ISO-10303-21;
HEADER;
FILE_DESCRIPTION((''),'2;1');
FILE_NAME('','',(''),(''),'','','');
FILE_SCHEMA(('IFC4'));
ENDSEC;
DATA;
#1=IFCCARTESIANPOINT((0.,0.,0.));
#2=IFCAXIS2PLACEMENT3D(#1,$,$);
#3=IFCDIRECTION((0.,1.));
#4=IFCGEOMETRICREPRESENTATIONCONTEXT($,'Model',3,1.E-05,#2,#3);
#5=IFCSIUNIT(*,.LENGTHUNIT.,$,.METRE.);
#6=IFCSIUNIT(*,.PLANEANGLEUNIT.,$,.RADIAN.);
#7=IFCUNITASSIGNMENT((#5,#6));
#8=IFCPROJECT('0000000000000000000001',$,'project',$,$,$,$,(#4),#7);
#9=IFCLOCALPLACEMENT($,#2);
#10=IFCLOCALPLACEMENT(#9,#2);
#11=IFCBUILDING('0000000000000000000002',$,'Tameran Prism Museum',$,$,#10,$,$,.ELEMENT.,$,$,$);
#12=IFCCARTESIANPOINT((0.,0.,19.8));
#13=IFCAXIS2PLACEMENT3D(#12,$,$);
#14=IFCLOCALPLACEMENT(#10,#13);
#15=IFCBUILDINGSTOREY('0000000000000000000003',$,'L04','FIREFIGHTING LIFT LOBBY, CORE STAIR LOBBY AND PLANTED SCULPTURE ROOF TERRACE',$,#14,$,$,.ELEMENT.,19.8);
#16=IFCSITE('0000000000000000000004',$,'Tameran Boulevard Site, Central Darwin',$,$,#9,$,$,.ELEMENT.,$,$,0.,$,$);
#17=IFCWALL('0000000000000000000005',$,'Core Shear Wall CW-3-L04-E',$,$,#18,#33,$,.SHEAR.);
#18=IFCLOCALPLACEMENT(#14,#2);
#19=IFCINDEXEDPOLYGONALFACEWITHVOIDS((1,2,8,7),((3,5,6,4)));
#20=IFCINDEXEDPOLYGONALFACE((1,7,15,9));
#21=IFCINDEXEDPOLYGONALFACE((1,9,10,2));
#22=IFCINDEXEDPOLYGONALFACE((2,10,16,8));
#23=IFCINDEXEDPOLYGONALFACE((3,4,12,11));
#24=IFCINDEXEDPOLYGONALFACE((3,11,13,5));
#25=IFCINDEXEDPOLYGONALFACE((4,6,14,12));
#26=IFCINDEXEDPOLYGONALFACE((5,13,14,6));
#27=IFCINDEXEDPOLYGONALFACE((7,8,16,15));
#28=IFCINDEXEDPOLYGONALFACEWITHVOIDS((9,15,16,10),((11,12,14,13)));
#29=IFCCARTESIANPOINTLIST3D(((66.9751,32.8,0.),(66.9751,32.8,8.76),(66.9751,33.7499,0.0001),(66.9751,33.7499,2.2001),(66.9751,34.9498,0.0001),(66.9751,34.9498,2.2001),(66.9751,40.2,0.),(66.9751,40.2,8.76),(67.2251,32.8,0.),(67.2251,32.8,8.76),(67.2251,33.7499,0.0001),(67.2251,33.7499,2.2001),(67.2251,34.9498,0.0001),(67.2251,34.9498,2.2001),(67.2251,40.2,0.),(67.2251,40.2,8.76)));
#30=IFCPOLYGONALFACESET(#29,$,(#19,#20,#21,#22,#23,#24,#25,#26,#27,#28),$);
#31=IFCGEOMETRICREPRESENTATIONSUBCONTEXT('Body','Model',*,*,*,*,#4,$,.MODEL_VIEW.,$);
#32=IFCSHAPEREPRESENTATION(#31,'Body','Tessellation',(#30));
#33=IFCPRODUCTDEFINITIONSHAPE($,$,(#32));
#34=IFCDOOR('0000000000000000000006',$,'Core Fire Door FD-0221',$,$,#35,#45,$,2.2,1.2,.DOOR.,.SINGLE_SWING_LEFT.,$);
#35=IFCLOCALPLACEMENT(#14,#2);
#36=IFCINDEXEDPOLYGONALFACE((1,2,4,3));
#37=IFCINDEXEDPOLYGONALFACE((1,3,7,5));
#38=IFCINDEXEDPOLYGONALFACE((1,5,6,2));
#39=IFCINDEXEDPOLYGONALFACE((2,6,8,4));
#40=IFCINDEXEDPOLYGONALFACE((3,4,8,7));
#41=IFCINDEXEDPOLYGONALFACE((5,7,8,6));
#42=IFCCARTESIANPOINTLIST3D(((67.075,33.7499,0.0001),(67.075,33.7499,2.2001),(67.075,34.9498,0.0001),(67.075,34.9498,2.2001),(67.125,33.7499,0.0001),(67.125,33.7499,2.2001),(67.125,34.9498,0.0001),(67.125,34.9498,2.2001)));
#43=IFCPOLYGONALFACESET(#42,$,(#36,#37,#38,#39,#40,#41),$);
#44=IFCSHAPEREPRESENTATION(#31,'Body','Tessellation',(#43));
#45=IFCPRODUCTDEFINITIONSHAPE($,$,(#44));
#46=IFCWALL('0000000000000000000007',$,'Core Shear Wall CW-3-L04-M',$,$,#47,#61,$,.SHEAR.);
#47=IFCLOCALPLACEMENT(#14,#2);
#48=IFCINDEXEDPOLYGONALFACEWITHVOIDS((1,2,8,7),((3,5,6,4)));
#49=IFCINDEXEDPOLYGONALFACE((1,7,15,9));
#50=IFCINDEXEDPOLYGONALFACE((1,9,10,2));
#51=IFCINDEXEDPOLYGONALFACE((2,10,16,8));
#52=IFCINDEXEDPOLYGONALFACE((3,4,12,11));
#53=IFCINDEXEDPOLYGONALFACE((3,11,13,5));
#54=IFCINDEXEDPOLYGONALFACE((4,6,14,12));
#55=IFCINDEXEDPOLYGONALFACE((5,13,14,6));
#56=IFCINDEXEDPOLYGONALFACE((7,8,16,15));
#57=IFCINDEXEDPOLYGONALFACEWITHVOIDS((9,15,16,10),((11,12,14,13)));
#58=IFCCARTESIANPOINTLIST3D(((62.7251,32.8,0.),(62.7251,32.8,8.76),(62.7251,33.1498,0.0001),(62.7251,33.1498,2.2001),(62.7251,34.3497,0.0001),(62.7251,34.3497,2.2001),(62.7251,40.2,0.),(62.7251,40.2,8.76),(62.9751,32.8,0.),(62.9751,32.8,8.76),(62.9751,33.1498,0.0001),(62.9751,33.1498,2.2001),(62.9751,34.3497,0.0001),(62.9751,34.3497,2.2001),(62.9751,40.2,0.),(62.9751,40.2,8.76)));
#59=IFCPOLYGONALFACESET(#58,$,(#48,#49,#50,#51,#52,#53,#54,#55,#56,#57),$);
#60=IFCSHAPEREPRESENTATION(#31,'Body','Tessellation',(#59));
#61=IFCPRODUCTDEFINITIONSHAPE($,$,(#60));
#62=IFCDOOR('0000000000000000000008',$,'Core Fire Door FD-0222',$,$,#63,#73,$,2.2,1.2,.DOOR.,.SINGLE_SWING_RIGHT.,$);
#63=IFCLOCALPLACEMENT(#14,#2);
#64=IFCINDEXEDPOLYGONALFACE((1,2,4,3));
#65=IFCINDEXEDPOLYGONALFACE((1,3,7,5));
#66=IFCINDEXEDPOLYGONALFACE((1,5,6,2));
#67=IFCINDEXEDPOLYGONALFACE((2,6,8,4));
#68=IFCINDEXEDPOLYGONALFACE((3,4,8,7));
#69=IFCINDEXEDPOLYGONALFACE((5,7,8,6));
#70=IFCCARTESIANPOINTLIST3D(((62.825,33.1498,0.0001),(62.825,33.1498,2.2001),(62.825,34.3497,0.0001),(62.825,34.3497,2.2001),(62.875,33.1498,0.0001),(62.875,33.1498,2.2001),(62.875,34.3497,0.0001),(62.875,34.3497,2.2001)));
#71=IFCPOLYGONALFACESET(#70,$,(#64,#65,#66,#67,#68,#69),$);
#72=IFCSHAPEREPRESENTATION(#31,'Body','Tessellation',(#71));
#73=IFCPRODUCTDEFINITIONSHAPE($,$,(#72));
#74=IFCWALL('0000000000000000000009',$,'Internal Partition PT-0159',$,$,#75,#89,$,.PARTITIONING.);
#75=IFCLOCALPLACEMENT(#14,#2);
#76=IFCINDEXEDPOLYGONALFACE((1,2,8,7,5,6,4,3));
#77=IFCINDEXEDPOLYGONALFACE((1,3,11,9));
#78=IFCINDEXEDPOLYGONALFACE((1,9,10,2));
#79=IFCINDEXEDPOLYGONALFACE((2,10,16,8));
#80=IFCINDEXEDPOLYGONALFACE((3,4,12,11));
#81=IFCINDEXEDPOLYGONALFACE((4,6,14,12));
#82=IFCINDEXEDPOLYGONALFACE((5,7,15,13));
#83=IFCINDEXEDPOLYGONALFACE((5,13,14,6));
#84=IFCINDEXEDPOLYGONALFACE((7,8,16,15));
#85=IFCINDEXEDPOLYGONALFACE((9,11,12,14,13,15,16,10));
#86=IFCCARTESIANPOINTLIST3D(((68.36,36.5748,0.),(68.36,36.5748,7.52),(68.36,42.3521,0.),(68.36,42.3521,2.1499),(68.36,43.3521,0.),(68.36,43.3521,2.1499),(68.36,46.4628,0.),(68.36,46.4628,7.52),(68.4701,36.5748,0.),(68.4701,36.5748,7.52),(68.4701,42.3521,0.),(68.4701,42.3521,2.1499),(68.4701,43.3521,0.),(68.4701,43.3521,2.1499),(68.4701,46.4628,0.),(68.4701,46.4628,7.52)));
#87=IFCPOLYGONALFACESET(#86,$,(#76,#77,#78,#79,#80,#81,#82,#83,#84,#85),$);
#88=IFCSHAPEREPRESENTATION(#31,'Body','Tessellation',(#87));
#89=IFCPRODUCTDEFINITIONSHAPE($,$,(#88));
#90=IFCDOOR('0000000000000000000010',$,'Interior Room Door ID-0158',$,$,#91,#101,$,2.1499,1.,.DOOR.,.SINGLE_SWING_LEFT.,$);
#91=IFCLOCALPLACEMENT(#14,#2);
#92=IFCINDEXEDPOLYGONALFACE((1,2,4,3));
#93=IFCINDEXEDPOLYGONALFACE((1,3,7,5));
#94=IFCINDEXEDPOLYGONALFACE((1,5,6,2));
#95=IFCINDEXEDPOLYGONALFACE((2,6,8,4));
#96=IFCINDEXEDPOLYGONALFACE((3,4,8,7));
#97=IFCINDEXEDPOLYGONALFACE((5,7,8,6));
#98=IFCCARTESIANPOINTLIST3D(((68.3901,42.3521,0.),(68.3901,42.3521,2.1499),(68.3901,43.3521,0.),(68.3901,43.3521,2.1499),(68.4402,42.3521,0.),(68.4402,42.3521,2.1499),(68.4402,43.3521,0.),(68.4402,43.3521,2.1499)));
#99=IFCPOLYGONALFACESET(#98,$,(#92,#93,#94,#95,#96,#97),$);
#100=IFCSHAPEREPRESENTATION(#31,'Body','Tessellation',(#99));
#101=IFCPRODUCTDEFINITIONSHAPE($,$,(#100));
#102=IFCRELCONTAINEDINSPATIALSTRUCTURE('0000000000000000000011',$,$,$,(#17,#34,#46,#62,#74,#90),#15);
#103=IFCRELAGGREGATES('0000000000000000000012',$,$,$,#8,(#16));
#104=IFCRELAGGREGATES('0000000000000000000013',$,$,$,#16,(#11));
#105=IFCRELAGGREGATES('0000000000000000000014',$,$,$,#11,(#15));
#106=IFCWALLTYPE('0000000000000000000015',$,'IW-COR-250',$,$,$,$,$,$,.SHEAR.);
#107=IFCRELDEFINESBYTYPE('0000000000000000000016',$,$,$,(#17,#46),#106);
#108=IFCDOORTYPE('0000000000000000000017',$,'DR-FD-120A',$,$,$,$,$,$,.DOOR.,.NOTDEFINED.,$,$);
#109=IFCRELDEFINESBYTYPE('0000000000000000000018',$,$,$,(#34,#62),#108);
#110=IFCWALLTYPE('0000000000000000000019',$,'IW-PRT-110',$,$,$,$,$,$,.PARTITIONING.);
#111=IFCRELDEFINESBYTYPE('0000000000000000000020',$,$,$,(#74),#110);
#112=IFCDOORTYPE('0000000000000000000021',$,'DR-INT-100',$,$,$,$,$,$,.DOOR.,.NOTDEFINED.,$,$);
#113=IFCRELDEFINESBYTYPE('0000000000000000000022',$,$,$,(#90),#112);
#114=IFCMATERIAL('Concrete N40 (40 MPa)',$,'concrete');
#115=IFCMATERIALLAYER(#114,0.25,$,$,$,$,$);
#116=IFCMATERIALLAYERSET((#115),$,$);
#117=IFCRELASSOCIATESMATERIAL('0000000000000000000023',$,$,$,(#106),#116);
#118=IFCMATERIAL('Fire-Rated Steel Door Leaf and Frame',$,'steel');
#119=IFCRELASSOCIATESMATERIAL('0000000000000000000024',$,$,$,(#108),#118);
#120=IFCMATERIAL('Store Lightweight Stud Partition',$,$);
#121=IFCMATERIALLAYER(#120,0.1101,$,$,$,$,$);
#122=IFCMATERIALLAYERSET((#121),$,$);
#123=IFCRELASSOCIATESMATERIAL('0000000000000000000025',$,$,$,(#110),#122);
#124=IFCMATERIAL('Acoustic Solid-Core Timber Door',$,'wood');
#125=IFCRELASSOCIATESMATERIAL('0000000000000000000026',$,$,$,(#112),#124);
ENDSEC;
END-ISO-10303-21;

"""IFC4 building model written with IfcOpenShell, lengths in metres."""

from ifc_helpers import new_model, si_unit, direction, frame, frame_2d, origin, place, context, subcontext, project, spatial, rectangle, extrude, material, layer, layer_set, type_object, element, fill, save


model = new_model("IFC4")

# Units and contexts
model_context = context("Model", 3, precision=1e-05, world=origin(), true_north=direction((0.0, 1.0)))
body_context = subcontext(model_context, "Body", "Model", "MODEL_VIEW")
ifc_project = project(units=[si_unit("LENGTHUNIT", "METRE"), si_unit("PLANEANGLEUNIT", "RADIAN")], contexts=[model_context])

# Site, building, storey
site_placement = place(None, origin())
site = spatial("IfcSite", under=ifc_project, at=site_placement, Name="Tameran Boulevard Site, Central Darwin", CompositionType="ELEMENT", RefElevation=0.0)
building_placement = place(site_placement, origin())
building = spatial("IfcBuilding", under=site, at=building_placement, Name="Tameran Prism Museum", CompositionType="ELEMENT")
storey_placement = place(building_placement, frame((0.0, 0.0, 19.8)))
storey = spatial("IfcBuildingStorey", under=building, at=storey_placement, Name="L04", Description="FIREFIGHTING LIFT LOBBY, CORE STAIR LOBBY AND PLANTED SCULPTURE ROOF TERRACE", CompositionType="ELEMENT", Elevation=19.8)

# Walls, openings, doors
ifc_material_1 = material(Name="Concrete N40 (40 MPa)", Category="concrete")
ifc_layer_1 = layer(ifc_material_1, 0.25)
ifc_layer_set_1 = layer_set([ifc_layer_1])
wall_type_1 = type_object("IfcWallType", Name="IW-COR-250", PredefinedType="SHEAR", material=ifc_layer_set_1)
wall_1_placement = place(storey_placement, frame((67.1001, 40.2, 0.0), z_axis=(0.0, 0.0, 1.0), x_axis=(0.0, -1.0, 0.0)))
wall_1 = element("IfcWall", 1, at=wall_1_placement, inside=storey, type_object=wall_type_1, Name="Core Shear Wall CW-3-L04-E", PredefinedType="SHEAR", context=body_context, shape_type="SweptSolid", body=[
    extrude(rectangle(XDim=7.3999, YDim=0.25, at=frame_2d((3.7, 0.0))), origin(), (0.0, 0.0, 1.0), 8.76),
])
opening_1_placement = place(wall_1_placement, frame((5.25, 0.0, 0.0)))
opening_1 = element("IfcOpeningElement", 2, at=opening_1_placement, cuts=wall_1, PredefinedType="OPENING", context=body_context, shape_type="SweptSolid", body=[
    extrude(rectangle(XDim=1.2, YDim=2.2, at=frame_2d((0.6001, 1.1001))), frame((0.0, 0.135, 0.0), z_axis=(0.0, -1.0, 0.0), x_axis=(1.0, 0.0, 0.0)), (0.0, 0.0, 1.0), 0.27),
])
ifc_material_2 = material(Name="Fire-Rated Steel Door Leaf and Frame", Category="steel")
door_type_1 = type_object("IfcDoorType", Name="DR-FD-120A", OperationType="NOTDEFINED", PredefinedType="DOOR", material=ifc_material_2)
door_1_placement = place(opening_1_placement, origin())
door_1 = element("IfcDoor", 3, at=door_1_placement, inside=storey, type_object=door_type_1, Name="Core Fire Door FD-0221", OperationType="SINGLE_SWING_LEFT", OverallHeight=2.2, OverallWidth=1.2, PredefinedType="DOOR", context=body_context, shape_type="SweptSolid", body=[
    extrude(rectangle(XDim=1.2, YDim=2.2, at=frame_2d((0.6001, 1.1001))), frame((0.0, 0.0249, 0.0), z_axis=(0.0, -1.0, 0.0), x_axis=(1.0, 0.0, 0.0)), (0.0, 0.0, 1.0), 0.05),
])
fill(opening_1, door_1)
wall_2_placement = place(storey_placement, frame((62.8501, 40.2, 0.0), z_axis=(0.0, 0.0, 1.0), x_axis=(0.0, -1.0, 0.0)))
wall_2 = element("IfcWall", 4, at=wall_2_placement, inside=storey, type_object=wall_type_1, Name="Core Shear Wall CW-3-L04-M", PredefinedType="SHEAR", context=body_context, shape_type="SweptSolid", body=[
    extrude(rectangle(XDim=7.3999, YDim=0.25, at=frame_2d((3.7, 0.0))), origin(), (0.0, 0.0, 1.0), 8.76),
])
opening_2_placement = place(wall_2_placement, frame((5.8501, 0.0, 0.0)))
opening_2 = element("IfcOpeningElement", 5, at=opening_2_placement, cuts=wall_2, PredefinedType="OPENING", context=body_context, shape_type="SweptSolid", body=[
    extrude(rectangle(XDim=1.2, YDim=2.2, at=frame_2d((0.6001, 1.1001))), frame((0.0, 0.135, 0.0), z_axis=(0.0, -1.0, 0.0), x_axis=(1.0, 0.0, 0.0)), (0.0, 0.0, 1.0), 0.27),
])
door_2_placement = place(opening_2_placement, origin())
door_2 = element("IfcDoor", 6, at=door_2_placement, inside=storey, type_object=door_type_1, Name="Core Fire Door FD-0222", OperationType="SINGLE_SWING_RIGHT", OverallHeight=2.2, OverallWidth=1.2, PredefinedType="DOOR", context=body_context, shape_type="SweptSolid", body=[
    extrude(rectangle(XDim=1.2, YDim=2.2, at=frame_2d((0.6001, 1.1001))), frame((0.0, 0.0249, 0.0), z_axis=(0.0, -1.0, 0.0), x_axis=(1.0, 0.0, 0.0)), (0.0, 0.0, 1.0), 0.05),
])
fill(opening_2, door_2)
ifc_material_3 = material(Name="Store Lightweight Stud Partition")
ifc_layer_2 = layer(ifc_material_3, 0.1101)
ifc_layer_set_2 = layer_set([ifc_layer_2])
wall_type_2 = type_object("IfcWallType", Name="IW-PRT-110", PredefinedType="PARTITIONING", material=ifc_layer_set_2)
wall_3_placement = place(storey_placement, frame((68.415, 36.575, 0.0), z_axis=(0.0, 0.0, 1.0), x_axis=(0.0, 1.0, 0.0)))
wall_3 = element("IfcWall", 7, at=wall_3_placement, inside=storey, type_object=wall_type_2, Name="Internal Partition PT-0159", PredefinedType="PARTITIONING", context=body_context, shape_type="SweptSolid", body=[
    extrude(rectangle(XDim=9.8879, YDim=0.1101, at=frame_2d((4.9438, 0.0))), origin(), (0.0, 0.0, 1.0), 7.52),
])
opening_3_placement = place(wall_3_placement, frame((5.7771, 0.0, 0.0)))
opening_3 = element("IfcOpeningElement", 8, at=opening_3_placement, cuts=wall_3, PredefinedType="OPENING", context=body_context, shape_type="SweptSolid", body=[
    extrude(rectangle(XDim=1.0, YDim=2.1499, at=frame_2d((0.5, 1.075))), frame((0.0, 0.0649, 0.0), z_axis=(0.0, -1.0, 0.0), x_axis=(1.0, 0.0, 0.0)), (0.0, 0.0, 1.0), 0.1301),
])
ifc_material_4 = material(Name="Acoustic Solid-Core Timber Door", Category="wood")
door_type_2 = type_object("IfcDoorType", Name="DR-INT-100", OperationType="NOTDEFINED", PredefinedType="DOOR", material=ifc_material_4)
door_3_placement = place(opening_3_placement, origin())
door_3 = element("IfcDoor", 9, at=door_3_placement, inside=storey, type_object=door_type_2, Name="Interior Room Door ID-0158", OperationType="SINGLE_SWING_LEFT", OverallHeight=2.1499, OverallWidth=1.0, PredefinedType="DOOR", context=body_context, shape_type="SweptSolid", body=[
    extrude(rectangle(XDim=1.0, YDim=2.1499, at=frame_2d((0.5, 1.075))), frame((0.0, 0.0249, 0.0), z_axis=(0.0, -1.0, 0.0), x_axis=(1.0, 0.0, 0.0)), (0.0, 0.0, 1.0), 0.05),
])
fill(opening_3, door_3)

save(model, "model.ifc")
